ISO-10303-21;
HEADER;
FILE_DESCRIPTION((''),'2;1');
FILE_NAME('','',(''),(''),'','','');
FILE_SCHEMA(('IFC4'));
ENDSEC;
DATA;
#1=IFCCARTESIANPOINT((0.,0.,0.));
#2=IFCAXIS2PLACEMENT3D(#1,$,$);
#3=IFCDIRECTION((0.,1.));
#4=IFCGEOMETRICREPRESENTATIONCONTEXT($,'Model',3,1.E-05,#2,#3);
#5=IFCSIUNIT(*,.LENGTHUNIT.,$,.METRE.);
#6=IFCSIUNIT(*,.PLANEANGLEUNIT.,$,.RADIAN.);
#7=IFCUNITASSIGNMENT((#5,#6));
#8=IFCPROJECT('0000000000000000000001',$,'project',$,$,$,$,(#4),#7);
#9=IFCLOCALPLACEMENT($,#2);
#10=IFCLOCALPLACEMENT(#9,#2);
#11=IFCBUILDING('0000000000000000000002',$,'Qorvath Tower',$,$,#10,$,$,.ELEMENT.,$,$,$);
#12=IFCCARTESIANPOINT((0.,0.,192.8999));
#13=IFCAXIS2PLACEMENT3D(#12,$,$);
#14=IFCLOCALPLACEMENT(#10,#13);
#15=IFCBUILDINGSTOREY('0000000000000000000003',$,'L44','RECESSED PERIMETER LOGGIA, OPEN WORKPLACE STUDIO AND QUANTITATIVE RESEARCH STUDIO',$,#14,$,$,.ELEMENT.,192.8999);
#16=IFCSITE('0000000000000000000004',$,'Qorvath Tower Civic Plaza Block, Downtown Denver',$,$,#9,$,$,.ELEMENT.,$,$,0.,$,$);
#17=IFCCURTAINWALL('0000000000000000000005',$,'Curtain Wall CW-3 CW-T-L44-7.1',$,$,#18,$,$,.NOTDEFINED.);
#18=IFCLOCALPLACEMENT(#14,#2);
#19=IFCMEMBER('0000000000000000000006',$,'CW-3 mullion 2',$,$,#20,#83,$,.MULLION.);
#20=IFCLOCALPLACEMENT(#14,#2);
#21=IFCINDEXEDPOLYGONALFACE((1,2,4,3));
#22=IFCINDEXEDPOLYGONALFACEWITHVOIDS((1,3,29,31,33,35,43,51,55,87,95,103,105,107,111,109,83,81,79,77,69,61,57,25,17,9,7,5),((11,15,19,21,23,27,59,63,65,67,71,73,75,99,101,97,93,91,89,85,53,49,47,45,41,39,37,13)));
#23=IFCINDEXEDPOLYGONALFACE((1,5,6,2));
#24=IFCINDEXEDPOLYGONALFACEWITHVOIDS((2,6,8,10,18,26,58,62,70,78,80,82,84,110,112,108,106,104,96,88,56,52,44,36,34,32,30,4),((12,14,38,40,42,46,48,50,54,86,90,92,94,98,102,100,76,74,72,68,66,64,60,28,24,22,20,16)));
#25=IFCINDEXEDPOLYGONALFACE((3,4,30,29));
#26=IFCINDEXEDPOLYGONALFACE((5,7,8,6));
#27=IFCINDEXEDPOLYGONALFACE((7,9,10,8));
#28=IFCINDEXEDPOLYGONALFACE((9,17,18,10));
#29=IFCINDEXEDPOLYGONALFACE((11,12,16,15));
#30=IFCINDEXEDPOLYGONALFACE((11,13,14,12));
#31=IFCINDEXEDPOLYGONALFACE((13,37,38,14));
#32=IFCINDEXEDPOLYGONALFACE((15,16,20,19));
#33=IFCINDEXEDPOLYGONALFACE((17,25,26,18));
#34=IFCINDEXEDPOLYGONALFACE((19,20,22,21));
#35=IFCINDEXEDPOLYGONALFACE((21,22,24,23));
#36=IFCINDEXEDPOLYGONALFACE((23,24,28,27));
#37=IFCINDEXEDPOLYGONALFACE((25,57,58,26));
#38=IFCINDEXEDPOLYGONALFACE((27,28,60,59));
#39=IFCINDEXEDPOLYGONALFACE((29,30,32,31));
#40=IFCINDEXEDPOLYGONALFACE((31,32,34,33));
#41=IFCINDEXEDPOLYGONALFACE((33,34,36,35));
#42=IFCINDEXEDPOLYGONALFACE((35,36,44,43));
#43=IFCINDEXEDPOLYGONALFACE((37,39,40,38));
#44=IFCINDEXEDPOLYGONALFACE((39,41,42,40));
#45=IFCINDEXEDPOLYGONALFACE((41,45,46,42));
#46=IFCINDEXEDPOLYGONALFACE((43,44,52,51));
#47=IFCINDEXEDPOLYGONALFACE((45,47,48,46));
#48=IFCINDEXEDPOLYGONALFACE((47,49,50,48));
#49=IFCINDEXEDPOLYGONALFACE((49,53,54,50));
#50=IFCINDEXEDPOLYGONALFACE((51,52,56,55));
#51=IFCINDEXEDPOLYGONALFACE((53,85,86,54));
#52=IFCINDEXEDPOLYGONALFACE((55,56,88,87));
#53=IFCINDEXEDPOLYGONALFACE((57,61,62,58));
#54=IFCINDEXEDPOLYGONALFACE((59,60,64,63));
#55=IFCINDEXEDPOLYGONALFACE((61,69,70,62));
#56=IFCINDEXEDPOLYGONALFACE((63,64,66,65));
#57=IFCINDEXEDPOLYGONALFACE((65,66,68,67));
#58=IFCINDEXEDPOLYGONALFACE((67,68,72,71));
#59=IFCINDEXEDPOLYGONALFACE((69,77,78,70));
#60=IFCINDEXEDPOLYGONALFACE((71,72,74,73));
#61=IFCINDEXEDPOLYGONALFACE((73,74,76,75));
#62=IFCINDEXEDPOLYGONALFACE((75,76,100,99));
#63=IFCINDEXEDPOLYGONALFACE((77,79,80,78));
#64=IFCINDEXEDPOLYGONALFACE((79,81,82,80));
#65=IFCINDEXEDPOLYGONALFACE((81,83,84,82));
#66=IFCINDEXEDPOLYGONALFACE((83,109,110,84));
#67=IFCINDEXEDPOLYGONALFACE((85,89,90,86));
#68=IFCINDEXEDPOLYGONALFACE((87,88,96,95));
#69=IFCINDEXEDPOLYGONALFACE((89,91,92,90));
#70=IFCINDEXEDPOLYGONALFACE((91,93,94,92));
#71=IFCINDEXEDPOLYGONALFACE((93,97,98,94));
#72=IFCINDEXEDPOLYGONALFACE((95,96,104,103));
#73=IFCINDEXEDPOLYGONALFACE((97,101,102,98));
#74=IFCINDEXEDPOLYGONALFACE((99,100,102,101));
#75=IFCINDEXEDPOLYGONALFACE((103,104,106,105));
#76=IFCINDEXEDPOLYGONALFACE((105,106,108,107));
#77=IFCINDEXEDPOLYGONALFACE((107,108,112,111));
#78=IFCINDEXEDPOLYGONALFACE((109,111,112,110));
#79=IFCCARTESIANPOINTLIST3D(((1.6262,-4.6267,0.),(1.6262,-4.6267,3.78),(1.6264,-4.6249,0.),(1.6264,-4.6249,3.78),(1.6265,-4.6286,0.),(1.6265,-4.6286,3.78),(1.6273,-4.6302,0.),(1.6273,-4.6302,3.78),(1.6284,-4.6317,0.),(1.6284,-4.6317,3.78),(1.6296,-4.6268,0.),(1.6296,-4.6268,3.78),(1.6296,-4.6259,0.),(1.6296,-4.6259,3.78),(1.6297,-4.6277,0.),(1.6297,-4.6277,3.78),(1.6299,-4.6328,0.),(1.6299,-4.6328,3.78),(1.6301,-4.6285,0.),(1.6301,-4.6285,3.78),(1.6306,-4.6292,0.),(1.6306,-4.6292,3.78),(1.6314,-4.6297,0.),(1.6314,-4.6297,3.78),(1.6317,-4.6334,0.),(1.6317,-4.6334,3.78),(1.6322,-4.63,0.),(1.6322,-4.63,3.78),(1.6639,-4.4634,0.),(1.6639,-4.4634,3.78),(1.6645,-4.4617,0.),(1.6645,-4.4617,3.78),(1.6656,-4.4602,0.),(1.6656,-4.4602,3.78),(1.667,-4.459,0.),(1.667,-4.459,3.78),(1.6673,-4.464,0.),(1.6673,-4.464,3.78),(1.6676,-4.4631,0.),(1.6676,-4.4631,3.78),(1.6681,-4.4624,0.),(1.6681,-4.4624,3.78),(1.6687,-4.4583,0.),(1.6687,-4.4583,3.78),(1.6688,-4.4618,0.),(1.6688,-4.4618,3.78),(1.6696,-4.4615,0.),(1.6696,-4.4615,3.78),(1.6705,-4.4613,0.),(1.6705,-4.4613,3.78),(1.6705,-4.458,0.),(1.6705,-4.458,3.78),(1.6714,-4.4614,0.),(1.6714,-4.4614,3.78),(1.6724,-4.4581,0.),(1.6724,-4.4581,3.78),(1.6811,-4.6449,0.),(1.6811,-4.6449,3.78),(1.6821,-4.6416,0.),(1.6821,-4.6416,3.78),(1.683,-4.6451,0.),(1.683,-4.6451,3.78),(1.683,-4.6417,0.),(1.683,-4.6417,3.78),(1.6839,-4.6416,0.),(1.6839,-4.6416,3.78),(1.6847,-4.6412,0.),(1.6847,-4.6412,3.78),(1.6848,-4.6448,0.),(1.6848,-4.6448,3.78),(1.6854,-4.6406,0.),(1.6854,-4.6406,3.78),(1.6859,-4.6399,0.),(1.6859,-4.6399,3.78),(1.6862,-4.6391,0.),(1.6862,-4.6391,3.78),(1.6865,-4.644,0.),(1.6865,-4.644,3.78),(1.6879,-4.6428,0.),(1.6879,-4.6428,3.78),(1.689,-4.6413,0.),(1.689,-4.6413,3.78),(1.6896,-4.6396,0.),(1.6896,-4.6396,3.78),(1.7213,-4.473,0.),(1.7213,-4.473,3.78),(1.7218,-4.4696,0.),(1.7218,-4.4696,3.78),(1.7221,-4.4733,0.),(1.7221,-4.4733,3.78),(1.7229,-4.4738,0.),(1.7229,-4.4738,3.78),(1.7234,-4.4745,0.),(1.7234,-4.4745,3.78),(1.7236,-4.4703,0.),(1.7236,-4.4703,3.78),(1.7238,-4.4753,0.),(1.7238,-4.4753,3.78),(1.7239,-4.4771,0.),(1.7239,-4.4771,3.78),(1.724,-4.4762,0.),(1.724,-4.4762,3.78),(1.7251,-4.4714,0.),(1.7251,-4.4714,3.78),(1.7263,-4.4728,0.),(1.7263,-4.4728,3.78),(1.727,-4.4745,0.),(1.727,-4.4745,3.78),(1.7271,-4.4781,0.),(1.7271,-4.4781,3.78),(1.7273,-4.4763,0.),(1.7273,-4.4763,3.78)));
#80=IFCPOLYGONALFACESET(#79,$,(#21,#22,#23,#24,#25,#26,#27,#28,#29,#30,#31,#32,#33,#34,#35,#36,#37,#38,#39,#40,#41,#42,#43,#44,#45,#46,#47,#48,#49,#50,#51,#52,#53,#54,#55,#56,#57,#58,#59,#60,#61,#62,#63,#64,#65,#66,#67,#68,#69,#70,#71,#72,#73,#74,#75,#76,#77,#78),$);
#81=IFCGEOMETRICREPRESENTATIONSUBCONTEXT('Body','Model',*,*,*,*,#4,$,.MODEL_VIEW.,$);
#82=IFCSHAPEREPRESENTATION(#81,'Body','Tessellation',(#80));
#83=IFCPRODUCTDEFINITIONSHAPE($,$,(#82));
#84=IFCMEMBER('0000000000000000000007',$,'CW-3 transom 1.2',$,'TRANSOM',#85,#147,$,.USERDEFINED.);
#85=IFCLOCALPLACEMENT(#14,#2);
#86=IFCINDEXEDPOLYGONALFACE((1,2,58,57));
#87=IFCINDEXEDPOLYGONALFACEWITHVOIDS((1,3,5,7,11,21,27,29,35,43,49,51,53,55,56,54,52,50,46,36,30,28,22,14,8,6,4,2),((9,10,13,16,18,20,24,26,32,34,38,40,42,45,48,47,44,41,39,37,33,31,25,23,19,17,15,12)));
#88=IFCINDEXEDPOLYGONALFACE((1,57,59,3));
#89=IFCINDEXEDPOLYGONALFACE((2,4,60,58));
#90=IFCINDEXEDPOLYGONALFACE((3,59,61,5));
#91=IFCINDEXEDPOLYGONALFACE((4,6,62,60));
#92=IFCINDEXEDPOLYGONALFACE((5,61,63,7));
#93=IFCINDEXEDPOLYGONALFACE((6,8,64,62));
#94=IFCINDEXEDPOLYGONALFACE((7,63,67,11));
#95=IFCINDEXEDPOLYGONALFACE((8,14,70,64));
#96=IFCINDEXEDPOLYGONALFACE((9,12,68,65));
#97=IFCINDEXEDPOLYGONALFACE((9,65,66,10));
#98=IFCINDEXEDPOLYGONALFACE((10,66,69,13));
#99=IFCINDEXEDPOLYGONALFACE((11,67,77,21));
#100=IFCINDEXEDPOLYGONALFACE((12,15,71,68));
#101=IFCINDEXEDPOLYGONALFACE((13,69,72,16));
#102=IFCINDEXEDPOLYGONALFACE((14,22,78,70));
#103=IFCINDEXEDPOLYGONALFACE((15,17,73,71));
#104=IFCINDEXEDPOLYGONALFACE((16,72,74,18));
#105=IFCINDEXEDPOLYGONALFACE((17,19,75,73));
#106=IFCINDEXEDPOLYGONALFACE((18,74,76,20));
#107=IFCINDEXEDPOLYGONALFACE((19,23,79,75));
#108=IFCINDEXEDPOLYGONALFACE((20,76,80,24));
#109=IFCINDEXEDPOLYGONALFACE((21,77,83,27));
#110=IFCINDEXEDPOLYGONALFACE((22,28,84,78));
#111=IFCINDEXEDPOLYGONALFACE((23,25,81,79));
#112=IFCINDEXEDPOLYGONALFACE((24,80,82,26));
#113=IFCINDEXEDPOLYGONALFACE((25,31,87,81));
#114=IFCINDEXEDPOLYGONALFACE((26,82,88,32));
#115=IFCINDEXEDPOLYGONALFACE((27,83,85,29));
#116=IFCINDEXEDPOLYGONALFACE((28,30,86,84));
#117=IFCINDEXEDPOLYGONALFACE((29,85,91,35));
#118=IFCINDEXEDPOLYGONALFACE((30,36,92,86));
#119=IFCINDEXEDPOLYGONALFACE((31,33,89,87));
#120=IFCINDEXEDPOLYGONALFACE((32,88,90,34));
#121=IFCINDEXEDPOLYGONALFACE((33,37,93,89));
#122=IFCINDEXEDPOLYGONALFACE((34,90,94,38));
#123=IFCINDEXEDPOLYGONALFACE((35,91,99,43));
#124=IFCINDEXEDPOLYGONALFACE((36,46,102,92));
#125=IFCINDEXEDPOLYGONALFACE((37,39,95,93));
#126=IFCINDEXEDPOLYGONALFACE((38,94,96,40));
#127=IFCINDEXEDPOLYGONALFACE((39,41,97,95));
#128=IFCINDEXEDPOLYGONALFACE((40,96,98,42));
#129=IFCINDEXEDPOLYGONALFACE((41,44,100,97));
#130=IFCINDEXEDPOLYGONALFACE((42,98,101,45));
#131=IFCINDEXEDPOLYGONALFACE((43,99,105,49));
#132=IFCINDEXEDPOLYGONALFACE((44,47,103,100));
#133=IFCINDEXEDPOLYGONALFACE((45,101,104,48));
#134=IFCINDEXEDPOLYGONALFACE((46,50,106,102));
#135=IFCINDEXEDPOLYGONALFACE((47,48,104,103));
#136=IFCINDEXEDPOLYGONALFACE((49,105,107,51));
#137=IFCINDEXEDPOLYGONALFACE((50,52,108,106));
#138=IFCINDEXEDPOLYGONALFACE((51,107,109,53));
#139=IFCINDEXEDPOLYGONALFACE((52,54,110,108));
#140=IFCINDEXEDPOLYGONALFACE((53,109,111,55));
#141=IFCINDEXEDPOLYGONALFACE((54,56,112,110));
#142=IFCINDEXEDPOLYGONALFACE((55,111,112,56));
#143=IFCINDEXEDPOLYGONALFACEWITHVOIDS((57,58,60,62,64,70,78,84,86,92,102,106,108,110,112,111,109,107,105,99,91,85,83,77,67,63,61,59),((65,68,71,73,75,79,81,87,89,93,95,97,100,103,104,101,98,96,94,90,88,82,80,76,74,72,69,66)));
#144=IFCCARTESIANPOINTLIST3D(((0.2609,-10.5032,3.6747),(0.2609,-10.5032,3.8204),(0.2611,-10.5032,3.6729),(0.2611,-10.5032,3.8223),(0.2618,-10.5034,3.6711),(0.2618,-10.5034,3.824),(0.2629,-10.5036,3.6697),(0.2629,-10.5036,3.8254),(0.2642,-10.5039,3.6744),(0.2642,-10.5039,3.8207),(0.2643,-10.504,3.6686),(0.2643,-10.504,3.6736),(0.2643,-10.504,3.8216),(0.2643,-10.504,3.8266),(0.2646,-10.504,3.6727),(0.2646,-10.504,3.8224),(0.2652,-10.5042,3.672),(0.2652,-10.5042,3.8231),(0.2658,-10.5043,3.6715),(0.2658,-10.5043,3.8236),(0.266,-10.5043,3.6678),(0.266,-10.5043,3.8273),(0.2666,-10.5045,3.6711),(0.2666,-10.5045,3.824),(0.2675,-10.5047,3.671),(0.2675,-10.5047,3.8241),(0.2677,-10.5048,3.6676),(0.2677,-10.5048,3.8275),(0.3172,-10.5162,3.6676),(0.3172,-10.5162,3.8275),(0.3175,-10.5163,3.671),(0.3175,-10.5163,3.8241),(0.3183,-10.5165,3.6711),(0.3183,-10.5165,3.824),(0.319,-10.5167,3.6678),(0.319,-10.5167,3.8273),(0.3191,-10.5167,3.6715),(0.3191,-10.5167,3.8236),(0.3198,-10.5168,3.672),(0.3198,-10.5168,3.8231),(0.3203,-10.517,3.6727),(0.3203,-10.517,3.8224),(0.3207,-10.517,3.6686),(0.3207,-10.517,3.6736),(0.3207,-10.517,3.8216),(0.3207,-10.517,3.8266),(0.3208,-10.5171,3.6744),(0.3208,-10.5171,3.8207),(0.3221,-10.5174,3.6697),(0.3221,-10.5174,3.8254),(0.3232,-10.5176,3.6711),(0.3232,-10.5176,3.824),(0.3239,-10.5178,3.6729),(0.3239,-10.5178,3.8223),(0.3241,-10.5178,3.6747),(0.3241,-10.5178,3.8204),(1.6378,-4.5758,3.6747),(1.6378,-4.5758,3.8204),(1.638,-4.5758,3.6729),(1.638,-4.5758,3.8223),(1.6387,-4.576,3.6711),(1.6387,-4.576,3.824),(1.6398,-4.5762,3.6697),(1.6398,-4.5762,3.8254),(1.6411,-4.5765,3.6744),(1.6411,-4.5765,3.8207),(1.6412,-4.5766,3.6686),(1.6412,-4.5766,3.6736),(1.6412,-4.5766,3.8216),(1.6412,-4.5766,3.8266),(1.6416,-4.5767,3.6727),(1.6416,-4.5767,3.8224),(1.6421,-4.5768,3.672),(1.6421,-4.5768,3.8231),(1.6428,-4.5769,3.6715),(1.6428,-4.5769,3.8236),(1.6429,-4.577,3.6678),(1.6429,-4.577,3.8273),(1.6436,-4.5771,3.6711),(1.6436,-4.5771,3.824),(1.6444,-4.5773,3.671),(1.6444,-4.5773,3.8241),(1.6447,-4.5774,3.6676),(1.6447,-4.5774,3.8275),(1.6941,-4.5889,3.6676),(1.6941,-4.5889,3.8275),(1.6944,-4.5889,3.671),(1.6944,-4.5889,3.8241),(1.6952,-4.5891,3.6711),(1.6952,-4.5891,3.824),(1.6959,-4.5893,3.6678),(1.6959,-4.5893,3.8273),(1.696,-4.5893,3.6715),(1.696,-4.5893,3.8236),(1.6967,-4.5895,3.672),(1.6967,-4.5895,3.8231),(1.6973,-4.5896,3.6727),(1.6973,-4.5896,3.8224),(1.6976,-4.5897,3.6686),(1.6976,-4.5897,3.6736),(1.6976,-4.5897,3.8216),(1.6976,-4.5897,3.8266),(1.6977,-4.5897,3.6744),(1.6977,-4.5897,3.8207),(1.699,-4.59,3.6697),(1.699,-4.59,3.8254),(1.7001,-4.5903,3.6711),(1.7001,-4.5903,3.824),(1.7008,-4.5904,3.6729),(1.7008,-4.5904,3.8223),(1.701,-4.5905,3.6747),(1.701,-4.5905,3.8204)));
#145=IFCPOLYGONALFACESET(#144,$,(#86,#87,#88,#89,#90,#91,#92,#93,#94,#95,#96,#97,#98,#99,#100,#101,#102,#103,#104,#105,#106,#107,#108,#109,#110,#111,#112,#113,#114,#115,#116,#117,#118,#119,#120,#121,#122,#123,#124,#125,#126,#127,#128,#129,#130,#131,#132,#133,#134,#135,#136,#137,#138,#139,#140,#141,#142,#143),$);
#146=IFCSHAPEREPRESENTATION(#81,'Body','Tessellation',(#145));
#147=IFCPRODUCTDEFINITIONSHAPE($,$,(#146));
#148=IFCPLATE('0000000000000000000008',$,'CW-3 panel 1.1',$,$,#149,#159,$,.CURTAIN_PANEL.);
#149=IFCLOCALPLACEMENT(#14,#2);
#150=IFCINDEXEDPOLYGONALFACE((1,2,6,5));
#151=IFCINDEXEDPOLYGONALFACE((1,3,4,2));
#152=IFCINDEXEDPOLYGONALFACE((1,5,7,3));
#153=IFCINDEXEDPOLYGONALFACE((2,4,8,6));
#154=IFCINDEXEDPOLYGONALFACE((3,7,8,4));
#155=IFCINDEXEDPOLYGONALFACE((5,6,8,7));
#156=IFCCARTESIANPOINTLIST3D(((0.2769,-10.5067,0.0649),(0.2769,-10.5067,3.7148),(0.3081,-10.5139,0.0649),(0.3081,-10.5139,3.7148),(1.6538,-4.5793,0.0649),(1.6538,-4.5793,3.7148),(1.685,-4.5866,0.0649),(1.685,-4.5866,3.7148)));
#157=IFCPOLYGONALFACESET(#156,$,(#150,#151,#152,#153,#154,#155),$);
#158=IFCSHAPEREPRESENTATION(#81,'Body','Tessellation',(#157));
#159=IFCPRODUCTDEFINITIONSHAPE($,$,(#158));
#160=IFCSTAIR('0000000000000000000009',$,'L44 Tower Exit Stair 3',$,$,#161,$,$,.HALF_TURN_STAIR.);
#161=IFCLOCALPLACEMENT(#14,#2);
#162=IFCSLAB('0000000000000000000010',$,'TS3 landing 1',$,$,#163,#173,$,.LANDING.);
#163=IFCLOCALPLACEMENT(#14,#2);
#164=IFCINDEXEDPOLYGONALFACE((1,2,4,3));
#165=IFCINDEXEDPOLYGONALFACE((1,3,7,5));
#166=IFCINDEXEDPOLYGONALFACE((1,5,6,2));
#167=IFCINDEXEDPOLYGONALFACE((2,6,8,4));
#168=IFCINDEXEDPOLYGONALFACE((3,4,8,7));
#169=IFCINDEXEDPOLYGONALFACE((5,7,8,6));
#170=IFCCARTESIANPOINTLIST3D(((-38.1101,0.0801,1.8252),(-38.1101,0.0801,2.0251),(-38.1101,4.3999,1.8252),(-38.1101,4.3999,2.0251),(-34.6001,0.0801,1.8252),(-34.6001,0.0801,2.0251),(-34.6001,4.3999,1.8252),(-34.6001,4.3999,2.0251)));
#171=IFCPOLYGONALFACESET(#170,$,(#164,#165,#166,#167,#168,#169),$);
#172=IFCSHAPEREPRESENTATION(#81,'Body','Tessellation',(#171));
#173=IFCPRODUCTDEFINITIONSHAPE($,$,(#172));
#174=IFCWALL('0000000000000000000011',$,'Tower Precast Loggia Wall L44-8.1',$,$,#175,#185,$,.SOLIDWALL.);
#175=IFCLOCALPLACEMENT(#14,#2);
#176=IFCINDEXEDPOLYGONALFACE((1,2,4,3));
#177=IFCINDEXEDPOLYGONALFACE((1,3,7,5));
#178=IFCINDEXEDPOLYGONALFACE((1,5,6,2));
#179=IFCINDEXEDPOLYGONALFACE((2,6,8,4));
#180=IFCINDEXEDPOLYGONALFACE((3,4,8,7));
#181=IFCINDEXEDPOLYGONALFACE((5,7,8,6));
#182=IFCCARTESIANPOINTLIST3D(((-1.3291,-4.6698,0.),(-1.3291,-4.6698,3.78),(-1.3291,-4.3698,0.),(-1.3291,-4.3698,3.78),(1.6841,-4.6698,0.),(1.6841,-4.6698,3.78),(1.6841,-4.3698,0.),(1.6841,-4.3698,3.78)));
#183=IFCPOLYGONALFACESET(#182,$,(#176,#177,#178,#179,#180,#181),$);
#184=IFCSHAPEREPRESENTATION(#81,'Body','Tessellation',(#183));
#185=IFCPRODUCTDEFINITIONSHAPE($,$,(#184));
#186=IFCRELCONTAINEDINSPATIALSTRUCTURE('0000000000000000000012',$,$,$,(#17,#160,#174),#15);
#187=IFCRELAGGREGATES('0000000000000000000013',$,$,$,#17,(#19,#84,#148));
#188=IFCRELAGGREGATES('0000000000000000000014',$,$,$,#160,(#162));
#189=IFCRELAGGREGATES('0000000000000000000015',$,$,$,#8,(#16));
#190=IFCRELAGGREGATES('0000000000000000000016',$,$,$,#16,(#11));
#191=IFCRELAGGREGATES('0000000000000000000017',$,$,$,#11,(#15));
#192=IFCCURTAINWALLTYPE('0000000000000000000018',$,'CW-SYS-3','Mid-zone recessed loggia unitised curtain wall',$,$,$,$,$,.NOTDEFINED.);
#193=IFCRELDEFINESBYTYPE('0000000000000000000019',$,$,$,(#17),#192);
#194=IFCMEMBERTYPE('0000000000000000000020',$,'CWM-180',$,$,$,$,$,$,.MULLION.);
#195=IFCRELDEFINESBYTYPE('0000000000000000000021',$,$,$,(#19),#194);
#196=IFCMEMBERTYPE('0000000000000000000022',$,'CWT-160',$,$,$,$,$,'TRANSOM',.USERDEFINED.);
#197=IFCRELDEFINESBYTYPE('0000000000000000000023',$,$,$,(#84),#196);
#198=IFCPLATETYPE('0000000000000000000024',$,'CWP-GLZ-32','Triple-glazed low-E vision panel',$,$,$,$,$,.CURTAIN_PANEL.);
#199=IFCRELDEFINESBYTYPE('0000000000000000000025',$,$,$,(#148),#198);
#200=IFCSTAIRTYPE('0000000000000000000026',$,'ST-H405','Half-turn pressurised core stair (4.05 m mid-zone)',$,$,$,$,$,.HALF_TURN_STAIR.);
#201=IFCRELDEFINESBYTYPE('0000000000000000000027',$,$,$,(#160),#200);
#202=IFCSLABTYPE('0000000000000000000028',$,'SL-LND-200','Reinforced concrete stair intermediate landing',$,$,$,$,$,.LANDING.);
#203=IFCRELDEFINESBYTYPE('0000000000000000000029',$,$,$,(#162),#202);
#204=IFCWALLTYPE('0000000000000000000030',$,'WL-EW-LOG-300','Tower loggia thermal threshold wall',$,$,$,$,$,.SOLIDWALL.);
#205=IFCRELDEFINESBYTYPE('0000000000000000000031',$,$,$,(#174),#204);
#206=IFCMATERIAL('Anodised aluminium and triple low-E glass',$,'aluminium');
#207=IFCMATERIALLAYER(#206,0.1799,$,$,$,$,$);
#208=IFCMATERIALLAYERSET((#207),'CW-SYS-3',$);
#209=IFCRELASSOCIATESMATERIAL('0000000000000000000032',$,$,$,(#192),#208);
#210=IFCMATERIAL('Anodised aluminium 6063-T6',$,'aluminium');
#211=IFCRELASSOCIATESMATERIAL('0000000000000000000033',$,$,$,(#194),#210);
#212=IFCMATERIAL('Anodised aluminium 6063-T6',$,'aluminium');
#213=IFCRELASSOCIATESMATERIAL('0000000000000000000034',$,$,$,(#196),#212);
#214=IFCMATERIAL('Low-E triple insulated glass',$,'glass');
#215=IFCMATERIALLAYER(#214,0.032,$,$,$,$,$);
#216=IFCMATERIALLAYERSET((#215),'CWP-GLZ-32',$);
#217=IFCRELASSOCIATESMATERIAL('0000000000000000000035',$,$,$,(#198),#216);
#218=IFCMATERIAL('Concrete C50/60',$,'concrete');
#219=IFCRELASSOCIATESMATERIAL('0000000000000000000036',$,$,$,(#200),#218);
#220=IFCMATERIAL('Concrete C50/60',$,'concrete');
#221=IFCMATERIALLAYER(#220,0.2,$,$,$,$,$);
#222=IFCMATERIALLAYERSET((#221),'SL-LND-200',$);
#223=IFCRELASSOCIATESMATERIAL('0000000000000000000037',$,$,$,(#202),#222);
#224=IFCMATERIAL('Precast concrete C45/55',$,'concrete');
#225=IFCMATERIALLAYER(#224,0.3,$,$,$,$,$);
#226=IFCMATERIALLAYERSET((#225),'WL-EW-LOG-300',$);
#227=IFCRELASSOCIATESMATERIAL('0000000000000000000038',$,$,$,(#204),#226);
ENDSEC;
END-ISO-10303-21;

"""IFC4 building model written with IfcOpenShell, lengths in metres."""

from ifc_helpers import new_model, si_unit, direction, frame, frame_2d, origin, origin_2d, place, context, subcontext, project, spatial, polyline, rectangle, hollow_rectangle, outline, extrude, material, layer, layer_set, material_profile, profile_set, type_object, element, aggregate, save


model = new_model("IFC4")

# Units and contexts
model_context = context("Model", 3, precision=1e-05, world=origin(), true_north=direction((0.0, 1.0)))
body_context = subcontext(model_context, "Body", "Model", "MODEL_VIEW")
ifc_project = project(units=[si_unit("LENGTHUNIT", "METRE"), si_unit("PLANEANGLEUNIT", "RADIAN")], contexts=[model_context])

# Site, building, storey
site_placement = place(None, origin())
site = spatial("IfcSite", under=ifc_project, at=site_placement, Name="Qorvath Tower Civic Plaza Block, Downtown Denver", CompositionType="ELEMENT", RefElevation=0.0)
building_placement = place(site_placement, origin())
building = spatial("IfcBuilding", under=site, at=building_placement, Name="Qorvath Tower", CompositionType="ELEMENT")
storey_placement = place(building_placement, frame((0.0, 0.0, 192.8999)))
storey = spatial("IfcBuildingStorey", under=building, at=storey_placement, Name="L44", Description="RECESSED PERIMETER LOGGIA, OPEN WORKPLACE STUDIO AND QUANTITATIVE RESEARCH STUDIO", CompositionType="ELEMENT", Elevation=192.8999)

# Curtain wall, members, plate
ifc_material_1 = material(Name="Anodised aluminium and triple low-E glass", Category="aluminium")
ifc_layer_1 = layer(ifc_material_1, 0.1799)
ifc_layer_set_1 = layer_set([ifc_layer_1], Name="CW-SYS-3")
curtain_wall_type = type_object("IfcCurtainWallType", Name="CW-SYS-3", Description="Mid-zone recessed loggia unitised curtain wall", PredefinedType="NOTDEFINED", material=ifc_layer_set_1)
curtain_wall_placement = place(storey_placement, origin())
curtain_wall = element("IfcCurtainWall", 1, at=curtain_wall_placement, inside=storey, type_object=curtain_wall_type, Name="Curtain Wall CW-3 CW-T-L44-7.1", PredefinedType="NOTDEFINED")
ifc_material_2 = material(Name="Anodised aluminium 6063-T6", Category="aluminium")
ifc_material_profile_1 = material_profile(ifc_material_2, hollow_rectangle(XDim=0.0649, YDim=0.1799, WallThickness=0.0034, InnerFilletRadius=0.0034, OuterFilletRadius=0.0071, at=origin_2d()), Name="CWM 180x65")
ifc_profile_set_1 = profile_set([ifc_material_profile_1], Name="Anodised aluminium 6063-T6")
member_type_1 = type_object("IfcMemberType", Name="CWM-180", PredefinedType="MULLION", material=ifc_profile_set_1)
member_1_placement = place(storey_placement, frame((1.6768, -4.5515, 0.0), z_axis=(0.0, 0.0, 1.0), x_axis=(-0.974064, 0.226272, 0.0)))
member_1 = element("IfcMember", 2, at=member_1_placement, type_object=member_type_1, Name="CW-3 mullion 2", PredefinedType="MULLION", context=body_context, shape_type="SweptSolid", body=[
    extrude(hollow_rectangle(XDim=0.0649, YDim=0.1799, WallThickness=0.0034, InnerFilletRadius=0.0034, OuterFilletRadius=0.0071, at=origin_2d()), origin(), (0.0, 0.0, 1.0), 3.78),
])
ifc_material_3 = material(Name="Anodised aluminium 6063-T6", Category="aluminium")
ifc_material_profile_2 = material_profile(ifc_material_3, hollow_rectangle(XDim=0.0649, YDim=0.1599, WallThickness=0.0034, InnerFilletRadius=0.0034, OuterFilletRadius=0.0071, at=origin_2d()), Name="CWT 160x65")
ifc_profile_set_2 = profile_set([ifc_material_profile_2], Name="Anodised aluminium 6063-T6")
member_type_2 = type_object("IfcMemberType", Name="CWT-160", ElementType="TRANSOM", PredefinedType="USERDEFINED", material=ifc_profile_set_2)
member_2_placement = place(storey_placement, frame((0.2925, -10.5105, 3.7476), z_axis=(0.226274, 0.974064, 0.0), x_axis=(-0.974064, 0.226274, 0.0)))
member_2 = element("IfcMember", 3, at=member_2_placement, type_object=member_type_2, Name="CW-3 transom 1.2", ObjectType="TRANSOM", PredefinedType="USERDEFINED", context=body_context, shape_type="SweptSolid", body=[
    extrude(hollow_rectangle(XDim=0.0649, YDim=0.1599, WallThickness=0.0034, InnerFilletRadius=0.0034, OuterFilletRadius=0.0071, at=origin_2d()), origin(), (0.0, 0.0, 1.0), 6.0852),
])
ifc_material_4 = material(Name="Low-E triple insulated glass", Category="glass")
ifc_layer_2 = layer(ifc_material_4, 0.032)
ifc_layer_set_2 = layer_set([ifc_layer_2], Name="CWP-GLZ-32")
plate_type = type_object("IfcPlateType", Name="CWP-GLZ-32", Description="Triple-glazed low-E vision panel", PredefinedType="CURTAIN_PANEL", material=ifc_layer_set_2)
plate_placement = place(storey_placement, frame((0.981, -7.5466, 0.0649), z_axis=(0.0, 0.0, 1.0), x_axis=(0.226272, 0.974064, 0.0)))
plate = element("IfcPlate", 4, at=plate_placement, type_object=plate_type, Name="CW-3 panel 1.1", PredefinedType="CURTAIN_PANEL", context=body_context, shape_type="SweptSolid", body=[
    extrude(rectangle(XDim=6.0852, YDim=0.032, at=origin_2d()), origin(), (0.0, 0.0, 1.0), 3.6499),
])
aggregate(curtain_wall, [member_1, member_2, plate])

# Stair, slab
ifc_material_5 = material(Name="Concrete C50/60", Category="concrete")
stair_type = type_object("IfcStairType", Name="ST-H405", Description="Half-turn pressurised core stair (4.05 m mid-zone)", PredefinedType="HALF_TURN_STAIR", material=ifc_material_5)
stair_placement = place(storey_placement, origin())
stair = element("IfcStair", 5, at=stair_placement, inside=storey, type_object=stair_type, Name="L44 Tower Exit Stair 3", PredefinedType="HALF_TURN_STAIR")
ifc_material_6 = material(Name="Concrete C50/60", Category="concrete")
ifc_layer_3 = layer(ifc_material_6, 0.2)
ifc_layer_set_3 = layer_set([ifc_layer_3], Name="SL-LND-200")
slab_type = type_object("IfcSlabType", Name="SL-LND-200", Description="Reinforced concrete stair intermediate landing", PredefinedType="LANDING", material=ifc_layer_set_3)
slab_placement = place(storey_placement, frame((0.0, 0.0, 1.8252)))
slab = element("IfcSlab", 6, at=slab_placement, type_object=slab_type, Name="TS3 landing 1", PredefinedType="LANDING", context=body_context, shape_type="SweptSolid", body=[
    extrude(outline(polyline([(-34.6001, 0.0801), (-34.6001, 4.3999), (-38.1101, 4.3999), (-38.1101, 0.0801), (-34.6001, 0.0801)])), origin(), (0.0, 0.0, 1.0), 0.2),
])
aggregate(stair, [slab])

# Wall
ifc_material_7 = material(Name="Precast concrete C45/55", Category="concrete")
ifc_layer_4 = layer(ifc_material_7, 0.3)
ifc_layer_set_4 = layer_set([ifc_layer_4], Name="WL-EW-LOG-300")
wall_type = type_object("IfcWallType", Name="WL-EW-LOG-300", Description="Tower loggia thermal threshold wall", PredefinedType="SOLIDWALL", material=ifc_layer_set_4)
wall_placement = place(storey_placement, frame((1.6841, -4.5198, 0.0), z_axis=(0.0, 0.0, 1.0), x_axis=(-1.0, 0.0, 0.0)))
element("IfcWall", 7, at=wall_placement, inside=storey, type_object=wall_type, Name="Tower Precast Loggia Wall L44-8.1", PredefinedType="SOLIDWALL", context=body_context, shape_type="SweptSolid", body=[
    extrude(rectangle(XDim=3.0132, YDim=0.3, at=frame_2d((1.5066, 0.0))), origin(), (0.0, 0.0, 1.0), 3.78),
])

save(model, "model.ifc")
